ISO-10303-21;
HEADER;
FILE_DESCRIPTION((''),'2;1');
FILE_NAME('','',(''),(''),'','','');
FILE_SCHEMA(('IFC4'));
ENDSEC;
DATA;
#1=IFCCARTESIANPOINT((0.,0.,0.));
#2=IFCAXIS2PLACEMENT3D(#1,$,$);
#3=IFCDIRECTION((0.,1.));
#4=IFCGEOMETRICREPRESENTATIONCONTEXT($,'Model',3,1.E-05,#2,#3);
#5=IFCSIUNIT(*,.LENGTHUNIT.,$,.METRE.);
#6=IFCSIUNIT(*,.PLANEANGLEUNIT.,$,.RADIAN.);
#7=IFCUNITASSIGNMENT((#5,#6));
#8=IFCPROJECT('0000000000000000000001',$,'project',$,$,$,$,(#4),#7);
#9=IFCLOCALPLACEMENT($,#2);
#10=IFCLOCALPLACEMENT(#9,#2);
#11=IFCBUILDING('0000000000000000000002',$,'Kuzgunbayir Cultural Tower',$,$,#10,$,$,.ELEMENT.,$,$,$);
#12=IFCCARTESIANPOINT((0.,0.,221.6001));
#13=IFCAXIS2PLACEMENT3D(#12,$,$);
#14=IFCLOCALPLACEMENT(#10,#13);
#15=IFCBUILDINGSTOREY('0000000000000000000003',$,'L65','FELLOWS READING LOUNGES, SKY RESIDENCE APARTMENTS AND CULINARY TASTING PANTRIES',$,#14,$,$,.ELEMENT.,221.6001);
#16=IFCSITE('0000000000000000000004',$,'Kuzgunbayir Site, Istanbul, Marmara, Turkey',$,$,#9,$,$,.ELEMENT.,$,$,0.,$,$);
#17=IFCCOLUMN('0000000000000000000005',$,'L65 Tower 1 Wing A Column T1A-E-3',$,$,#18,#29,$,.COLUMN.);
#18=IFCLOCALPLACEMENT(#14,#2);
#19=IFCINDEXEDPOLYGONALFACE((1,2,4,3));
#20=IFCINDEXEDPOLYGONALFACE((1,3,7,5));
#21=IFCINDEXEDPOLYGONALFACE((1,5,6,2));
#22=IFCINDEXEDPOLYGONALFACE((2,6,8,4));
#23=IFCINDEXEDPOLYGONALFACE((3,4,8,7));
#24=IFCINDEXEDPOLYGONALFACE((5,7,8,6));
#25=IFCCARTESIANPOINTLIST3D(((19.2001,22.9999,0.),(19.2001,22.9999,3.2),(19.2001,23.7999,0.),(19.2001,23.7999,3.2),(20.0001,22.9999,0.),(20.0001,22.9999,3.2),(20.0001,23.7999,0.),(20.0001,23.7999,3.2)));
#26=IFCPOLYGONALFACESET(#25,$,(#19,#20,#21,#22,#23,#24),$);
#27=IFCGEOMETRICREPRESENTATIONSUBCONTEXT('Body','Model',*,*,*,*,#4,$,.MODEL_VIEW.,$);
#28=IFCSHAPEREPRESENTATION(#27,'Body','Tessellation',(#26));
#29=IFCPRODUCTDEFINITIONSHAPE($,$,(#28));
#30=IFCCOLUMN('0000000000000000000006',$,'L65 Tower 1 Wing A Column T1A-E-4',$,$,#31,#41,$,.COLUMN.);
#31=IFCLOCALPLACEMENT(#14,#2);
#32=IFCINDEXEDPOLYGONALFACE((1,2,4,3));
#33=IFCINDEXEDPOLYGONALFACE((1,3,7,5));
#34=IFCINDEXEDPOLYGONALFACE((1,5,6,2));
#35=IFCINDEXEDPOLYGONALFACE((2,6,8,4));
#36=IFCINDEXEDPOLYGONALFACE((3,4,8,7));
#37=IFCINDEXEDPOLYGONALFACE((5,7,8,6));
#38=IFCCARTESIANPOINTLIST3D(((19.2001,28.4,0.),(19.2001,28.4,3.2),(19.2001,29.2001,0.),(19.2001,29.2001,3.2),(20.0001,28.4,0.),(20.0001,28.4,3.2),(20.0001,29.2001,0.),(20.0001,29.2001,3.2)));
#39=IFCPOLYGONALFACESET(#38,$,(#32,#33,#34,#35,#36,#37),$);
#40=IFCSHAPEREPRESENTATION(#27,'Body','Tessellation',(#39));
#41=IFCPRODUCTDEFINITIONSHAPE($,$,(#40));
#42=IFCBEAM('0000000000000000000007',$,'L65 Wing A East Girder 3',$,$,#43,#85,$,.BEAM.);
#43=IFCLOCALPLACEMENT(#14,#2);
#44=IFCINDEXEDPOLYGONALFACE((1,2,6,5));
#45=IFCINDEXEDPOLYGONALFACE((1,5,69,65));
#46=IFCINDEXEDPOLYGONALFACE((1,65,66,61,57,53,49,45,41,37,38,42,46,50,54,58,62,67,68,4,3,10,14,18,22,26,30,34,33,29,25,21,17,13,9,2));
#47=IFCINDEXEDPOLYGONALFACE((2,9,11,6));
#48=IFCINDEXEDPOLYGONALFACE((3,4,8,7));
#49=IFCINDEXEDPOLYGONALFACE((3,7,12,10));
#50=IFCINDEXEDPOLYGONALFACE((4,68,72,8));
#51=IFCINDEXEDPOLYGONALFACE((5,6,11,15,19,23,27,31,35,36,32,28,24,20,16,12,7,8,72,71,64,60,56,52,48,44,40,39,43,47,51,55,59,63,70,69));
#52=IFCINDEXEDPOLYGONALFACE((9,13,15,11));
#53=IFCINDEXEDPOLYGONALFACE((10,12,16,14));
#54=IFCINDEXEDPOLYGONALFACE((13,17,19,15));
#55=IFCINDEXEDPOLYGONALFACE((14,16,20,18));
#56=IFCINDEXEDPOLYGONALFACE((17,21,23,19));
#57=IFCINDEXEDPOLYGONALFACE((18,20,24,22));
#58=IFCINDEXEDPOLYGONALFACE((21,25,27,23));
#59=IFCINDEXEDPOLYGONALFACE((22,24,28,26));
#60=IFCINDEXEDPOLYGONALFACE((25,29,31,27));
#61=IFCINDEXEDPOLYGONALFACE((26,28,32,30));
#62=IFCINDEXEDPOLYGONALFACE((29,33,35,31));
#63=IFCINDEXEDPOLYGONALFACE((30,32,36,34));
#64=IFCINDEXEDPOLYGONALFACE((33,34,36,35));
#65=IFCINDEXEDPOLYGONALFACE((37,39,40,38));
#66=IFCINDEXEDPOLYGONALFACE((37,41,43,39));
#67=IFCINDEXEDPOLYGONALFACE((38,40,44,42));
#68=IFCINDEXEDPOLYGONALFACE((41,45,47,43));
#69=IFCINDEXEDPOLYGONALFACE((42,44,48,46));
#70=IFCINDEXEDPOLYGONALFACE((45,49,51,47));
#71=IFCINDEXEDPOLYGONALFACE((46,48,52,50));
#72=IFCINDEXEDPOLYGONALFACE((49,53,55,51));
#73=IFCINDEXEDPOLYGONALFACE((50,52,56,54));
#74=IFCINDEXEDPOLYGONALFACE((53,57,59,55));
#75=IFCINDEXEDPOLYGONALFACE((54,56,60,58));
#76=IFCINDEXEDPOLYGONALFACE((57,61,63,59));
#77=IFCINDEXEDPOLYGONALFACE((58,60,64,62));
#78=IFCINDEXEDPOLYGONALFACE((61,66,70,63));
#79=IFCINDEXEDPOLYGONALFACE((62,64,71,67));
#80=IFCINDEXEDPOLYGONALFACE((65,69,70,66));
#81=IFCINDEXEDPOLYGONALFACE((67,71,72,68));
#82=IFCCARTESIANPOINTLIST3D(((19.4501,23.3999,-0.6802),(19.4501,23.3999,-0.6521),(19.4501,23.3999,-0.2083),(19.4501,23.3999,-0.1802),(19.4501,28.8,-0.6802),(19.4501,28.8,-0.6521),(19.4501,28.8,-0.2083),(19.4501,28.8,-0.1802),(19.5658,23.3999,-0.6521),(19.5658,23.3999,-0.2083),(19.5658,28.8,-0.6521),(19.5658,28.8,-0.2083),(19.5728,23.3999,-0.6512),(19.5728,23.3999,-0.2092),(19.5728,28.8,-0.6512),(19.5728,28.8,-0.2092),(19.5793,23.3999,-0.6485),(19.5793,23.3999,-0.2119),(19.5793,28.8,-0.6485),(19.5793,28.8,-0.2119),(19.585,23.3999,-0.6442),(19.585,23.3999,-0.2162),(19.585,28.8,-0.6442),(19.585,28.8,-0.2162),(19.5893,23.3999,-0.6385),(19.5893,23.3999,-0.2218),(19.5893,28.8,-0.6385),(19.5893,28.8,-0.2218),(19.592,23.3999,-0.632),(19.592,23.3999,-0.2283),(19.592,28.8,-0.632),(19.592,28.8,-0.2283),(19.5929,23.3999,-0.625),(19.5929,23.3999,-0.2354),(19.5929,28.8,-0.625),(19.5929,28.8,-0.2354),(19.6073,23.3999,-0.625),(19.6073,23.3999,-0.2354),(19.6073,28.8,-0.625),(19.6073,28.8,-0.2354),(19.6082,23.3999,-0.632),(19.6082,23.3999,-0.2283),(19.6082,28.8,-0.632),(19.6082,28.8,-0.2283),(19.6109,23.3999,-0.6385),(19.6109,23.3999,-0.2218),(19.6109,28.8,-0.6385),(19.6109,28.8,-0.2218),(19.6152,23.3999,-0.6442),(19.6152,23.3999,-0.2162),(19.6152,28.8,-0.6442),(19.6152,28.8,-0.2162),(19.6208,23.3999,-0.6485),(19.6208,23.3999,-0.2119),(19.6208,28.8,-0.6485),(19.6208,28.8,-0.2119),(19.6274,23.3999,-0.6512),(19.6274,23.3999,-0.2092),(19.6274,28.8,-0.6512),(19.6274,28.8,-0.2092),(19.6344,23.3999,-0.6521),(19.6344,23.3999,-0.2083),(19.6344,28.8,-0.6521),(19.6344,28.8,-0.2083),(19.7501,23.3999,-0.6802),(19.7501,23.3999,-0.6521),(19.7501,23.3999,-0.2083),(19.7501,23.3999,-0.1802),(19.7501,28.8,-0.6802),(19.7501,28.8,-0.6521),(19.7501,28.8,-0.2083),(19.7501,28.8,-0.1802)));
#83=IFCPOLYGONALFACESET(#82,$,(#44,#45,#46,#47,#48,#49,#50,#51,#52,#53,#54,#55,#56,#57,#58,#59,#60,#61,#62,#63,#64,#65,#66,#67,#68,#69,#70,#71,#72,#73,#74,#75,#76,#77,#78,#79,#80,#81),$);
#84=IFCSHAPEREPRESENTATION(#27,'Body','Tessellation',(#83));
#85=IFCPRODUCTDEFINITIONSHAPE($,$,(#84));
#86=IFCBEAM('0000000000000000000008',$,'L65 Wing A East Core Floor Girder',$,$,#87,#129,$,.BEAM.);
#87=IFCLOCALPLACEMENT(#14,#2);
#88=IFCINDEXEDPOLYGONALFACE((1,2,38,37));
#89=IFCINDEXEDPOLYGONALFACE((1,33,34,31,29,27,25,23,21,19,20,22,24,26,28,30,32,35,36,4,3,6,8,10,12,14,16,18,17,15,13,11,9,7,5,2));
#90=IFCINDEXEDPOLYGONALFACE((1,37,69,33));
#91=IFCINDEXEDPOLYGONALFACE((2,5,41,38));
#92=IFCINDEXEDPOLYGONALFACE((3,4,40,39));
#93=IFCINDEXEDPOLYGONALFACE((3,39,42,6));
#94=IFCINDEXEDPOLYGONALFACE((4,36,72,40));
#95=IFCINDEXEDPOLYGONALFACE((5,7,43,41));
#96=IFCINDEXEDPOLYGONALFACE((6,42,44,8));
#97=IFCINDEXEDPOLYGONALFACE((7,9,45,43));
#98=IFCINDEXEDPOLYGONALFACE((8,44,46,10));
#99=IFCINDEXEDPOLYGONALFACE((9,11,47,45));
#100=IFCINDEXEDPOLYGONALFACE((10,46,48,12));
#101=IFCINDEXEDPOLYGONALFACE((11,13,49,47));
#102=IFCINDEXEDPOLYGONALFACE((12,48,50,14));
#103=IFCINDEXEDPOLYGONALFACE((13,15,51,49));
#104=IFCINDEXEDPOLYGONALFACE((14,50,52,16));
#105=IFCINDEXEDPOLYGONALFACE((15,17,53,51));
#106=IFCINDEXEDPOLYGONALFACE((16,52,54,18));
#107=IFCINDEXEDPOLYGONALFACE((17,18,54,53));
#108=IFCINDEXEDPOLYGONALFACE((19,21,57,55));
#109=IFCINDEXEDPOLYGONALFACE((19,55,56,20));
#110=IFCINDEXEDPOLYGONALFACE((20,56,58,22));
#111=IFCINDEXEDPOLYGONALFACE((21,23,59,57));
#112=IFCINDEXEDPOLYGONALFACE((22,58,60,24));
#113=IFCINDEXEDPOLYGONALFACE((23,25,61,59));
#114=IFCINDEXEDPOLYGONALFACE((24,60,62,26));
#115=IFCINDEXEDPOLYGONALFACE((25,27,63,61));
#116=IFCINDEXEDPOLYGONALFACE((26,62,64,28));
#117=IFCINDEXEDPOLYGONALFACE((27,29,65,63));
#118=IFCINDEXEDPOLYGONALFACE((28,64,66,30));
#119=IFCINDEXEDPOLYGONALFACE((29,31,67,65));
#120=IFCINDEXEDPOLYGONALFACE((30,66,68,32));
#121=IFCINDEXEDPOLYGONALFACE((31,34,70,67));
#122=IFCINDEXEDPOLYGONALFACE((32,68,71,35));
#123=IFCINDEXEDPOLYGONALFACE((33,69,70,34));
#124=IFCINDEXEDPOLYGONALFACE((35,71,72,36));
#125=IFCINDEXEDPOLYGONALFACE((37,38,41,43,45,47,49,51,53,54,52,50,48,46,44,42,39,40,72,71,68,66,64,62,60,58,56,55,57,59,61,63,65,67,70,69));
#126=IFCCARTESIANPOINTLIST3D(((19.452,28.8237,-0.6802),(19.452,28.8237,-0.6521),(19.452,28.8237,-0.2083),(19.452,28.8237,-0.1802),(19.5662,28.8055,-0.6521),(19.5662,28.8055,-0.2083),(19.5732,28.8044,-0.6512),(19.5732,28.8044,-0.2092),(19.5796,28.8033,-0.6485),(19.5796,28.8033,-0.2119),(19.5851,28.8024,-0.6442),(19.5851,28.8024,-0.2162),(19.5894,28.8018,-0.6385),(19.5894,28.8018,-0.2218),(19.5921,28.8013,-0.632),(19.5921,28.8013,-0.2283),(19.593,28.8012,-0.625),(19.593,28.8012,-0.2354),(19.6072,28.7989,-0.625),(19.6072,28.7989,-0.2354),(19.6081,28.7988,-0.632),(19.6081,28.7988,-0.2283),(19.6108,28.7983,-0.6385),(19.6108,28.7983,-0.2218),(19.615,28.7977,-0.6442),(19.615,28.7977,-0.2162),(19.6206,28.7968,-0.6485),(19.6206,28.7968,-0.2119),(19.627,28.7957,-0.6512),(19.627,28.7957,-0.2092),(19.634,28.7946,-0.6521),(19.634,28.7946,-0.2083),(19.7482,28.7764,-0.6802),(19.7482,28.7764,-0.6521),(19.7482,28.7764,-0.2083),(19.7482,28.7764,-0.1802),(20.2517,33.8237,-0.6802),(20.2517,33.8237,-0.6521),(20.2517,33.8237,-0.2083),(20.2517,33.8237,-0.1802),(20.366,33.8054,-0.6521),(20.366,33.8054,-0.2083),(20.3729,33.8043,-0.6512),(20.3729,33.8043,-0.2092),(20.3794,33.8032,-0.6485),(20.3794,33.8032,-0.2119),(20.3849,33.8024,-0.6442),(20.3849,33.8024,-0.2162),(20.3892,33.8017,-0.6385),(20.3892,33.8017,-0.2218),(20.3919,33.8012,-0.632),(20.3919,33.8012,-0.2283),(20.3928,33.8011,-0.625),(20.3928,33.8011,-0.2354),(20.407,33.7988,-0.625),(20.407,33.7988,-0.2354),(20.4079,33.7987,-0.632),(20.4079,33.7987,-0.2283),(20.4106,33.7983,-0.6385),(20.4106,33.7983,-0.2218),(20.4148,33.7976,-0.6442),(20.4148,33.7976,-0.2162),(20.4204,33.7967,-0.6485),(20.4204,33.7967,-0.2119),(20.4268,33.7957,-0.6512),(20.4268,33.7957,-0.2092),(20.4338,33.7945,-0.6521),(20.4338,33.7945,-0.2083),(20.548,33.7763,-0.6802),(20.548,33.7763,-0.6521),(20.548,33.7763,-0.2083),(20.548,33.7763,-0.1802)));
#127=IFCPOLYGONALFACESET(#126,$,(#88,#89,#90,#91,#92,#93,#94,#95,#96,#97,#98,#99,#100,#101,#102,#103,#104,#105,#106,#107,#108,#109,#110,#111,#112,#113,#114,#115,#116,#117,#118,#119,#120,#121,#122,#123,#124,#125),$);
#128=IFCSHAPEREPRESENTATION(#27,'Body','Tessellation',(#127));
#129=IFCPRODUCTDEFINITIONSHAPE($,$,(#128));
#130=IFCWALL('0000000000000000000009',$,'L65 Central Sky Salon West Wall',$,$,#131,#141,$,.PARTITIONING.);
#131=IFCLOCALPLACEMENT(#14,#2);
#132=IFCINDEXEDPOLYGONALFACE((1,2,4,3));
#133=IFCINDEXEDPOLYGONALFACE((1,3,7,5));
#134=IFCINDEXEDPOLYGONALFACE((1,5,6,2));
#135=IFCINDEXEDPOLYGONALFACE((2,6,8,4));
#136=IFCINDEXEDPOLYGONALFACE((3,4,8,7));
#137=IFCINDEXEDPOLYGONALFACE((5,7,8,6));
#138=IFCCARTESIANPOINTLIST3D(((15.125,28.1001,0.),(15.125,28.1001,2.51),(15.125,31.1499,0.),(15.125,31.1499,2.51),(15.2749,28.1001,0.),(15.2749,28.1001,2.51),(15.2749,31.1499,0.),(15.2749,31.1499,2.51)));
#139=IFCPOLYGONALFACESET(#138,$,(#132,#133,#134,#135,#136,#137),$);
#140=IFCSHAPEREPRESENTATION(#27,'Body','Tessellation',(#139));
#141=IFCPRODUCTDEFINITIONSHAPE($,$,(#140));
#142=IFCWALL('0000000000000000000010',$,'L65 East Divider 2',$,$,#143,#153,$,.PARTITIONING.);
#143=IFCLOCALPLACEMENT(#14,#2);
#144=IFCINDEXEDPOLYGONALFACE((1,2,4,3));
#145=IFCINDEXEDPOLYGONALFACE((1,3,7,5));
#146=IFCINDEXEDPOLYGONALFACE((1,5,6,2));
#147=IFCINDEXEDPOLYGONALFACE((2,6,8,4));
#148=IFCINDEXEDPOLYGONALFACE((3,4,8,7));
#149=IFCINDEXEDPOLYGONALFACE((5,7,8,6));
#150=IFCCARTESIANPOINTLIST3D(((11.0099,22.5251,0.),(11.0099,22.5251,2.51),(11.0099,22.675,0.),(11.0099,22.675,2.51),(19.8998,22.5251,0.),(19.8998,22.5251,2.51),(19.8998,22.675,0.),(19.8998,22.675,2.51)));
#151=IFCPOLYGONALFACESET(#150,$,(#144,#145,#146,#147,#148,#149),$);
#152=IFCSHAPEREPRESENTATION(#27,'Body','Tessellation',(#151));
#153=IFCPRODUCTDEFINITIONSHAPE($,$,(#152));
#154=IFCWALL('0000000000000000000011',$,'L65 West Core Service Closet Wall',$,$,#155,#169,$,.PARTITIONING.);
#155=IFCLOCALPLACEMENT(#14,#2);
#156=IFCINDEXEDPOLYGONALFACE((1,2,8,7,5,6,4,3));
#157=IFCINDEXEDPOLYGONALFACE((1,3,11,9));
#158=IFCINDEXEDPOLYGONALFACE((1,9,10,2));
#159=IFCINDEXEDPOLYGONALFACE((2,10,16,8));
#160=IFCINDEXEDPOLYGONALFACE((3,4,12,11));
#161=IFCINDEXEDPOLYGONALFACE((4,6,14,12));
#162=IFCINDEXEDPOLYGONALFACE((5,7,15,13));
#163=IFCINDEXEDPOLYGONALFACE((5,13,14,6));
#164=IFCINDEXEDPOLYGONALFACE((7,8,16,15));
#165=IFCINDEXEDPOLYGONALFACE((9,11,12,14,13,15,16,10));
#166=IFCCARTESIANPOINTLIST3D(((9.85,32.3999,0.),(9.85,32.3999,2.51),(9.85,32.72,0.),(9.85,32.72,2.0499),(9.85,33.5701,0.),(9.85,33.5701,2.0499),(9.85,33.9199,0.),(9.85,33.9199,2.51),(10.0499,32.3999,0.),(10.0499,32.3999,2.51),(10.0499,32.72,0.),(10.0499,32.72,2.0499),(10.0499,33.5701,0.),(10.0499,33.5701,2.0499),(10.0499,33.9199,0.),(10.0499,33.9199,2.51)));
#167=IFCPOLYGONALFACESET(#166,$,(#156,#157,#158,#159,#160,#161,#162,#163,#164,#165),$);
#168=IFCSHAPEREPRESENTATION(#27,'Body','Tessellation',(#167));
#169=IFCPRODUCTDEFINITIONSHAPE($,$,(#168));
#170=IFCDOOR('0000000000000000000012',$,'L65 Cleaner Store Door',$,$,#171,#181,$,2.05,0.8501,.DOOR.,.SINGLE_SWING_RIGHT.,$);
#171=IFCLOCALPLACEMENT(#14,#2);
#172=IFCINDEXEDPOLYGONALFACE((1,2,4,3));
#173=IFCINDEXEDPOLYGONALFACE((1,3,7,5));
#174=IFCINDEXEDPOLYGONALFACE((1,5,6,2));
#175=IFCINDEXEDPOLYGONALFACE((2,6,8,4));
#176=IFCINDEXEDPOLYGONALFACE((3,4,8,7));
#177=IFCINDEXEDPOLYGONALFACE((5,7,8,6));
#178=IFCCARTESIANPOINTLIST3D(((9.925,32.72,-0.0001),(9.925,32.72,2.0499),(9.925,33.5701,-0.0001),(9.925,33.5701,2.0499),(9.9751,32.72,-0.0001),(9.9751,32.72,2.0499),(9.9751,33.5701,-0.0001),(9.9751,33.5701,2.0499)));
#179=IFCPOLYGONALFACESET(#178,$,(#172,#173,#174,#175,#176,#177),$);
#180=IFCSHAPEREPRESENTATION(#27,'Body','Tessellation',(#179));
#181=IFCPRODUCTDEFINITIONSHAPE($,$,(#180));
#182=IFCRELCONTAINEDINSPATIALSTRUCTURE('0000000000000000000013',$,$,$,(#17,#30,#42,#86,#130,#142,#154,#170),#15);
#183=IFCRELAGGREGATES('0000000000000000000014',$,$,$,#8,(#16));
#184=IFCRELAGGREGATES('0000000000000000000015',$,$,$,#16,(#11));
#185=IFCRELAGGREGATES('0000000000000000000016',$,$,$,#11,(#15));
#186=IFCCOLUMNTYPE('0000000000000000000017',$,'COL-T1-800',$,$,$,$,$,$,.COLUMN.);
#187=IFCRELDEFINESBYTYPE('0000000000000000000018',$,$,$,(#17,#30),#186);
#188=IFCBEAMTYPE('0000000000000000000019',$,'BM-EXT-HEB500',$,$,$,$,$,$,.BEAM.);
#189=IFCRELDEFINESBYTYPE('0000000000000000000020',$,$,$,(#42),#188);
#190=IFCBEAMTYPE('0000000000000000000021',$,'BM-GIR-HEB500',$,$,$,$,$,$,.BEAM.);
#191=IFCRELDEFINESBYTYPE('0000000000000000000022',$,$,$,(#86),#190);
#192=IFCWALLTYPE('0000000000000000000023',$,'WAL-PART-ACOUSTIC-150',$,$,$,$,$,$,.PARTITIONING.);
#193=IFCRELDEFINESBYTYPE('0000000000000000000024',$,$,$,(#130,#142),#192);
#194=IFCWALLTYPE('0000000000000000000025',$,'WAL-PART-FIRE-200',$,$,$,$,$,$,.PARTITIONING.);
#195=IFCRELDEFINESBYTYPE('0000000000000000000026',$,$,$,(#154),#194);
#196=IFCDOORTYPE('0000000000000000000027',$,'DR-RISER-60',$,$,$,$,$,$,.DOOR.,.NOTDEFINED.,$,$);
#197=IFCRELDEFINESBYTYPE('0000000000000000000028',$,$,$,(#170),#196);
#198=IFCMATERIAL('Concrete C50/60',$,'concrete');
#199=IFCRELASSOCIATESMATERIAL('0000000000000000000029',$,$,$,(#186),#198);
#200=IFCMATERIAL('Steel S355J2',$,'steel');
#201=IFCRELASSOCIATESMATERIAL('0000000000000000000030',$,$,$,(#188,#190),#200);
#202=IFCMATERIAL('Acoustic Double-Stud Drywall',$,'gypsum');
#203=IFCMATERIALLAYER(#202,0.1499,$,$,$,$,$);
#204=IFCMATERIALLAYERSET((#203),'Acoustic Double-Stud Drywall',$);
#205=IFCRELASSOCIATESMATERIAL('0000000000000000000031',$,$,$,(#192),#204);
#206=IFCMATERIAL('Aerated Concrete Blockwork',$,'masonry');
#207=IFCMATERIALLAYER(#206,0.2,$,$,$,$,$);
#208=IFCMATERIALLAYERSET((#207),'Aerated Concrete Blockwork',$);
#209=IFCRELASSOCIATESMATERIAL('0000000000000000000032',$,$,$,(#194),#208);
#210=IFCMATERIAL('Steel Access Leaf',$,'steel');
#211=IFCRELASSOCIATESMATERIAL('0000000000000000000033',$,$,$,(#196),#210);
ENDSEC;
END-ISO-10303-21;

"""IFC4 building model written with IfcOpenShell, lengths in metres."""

from ifc_helpers import new_model, si_unit, direction, frame, frame_2d, origin, origin_2d, place, context, subcontext, project, spatial, rectangle, i_section, extrude, material, layer, layer_set, material_profile, profile_set, type_object, element, fill, save


model = new_model("IFC4")

# Units and contexts
model_context = context("Model", 3, precision=1e-05, world=origin(), true_north=direction((0.0, 1.0)))
body_context = subcontext(model_context, "Body", "Model", "MODEL_VIEW")
ifc_project = project(units=[si_unit("LENGTHUNIT", "METRE"), si_unit("PLANEANGLEUNIT", "RADIAN")], contexts=[model_context])

# Site, building, storey
site_placement = place(None, origin())
site = spatial("IfcSite", under=ifc_project, at=site_placement, Name="Kuzgunbayir Site, Istanbul, Marmara, Turkey", CompositionType="ELEMENT", RefElevation=0.0)
building_placement = place(site_placement, origin())
building = spatial("IfcBuilding", under=site, at=building_placement, Name="Kuzgunbayir Cultural Tower", CompositionType="ELEMENT")
storey_placement = place(building_placement, frame((0.0, 0.0, 221.6001)))
storey = spatial("IfcBuildingStorey", under=building, at=storey_placement, Name="L65", Description="FELLOWS READING LOUNGES, SKY RESIDENCE APARTMENTS AND CULINARY TASTING PANTRIES", CompositionType="ELEMENT", Elevation=221.6001)

# Columns
ifc_material_1 = material(Name="Concrete C50/60", Category="concrete")
ifc_material_profile_1 = material_profile(ifc_material_1, rectangle(XDim=0.8, YDim=0.8, at=origin_2d()), Name="RC 800x800")
ifc_profile_set_1 = profile_set([ifc_material_profile_1], Name="Concrete C50/60")
column_type = type_object("IfcColumnType", Name="COL-T1-800", PredefinedType="COLUMN", material=ifc_profile_set_1)
for number, where, z_axis, x_axis, name in (
    (1, (19.6001, 23.3999, 0.0), (0.0, 0.0, 1.0), (1.0, 0.0, 0.0), "L65 Tower 1 Wing A Column T1A-E-3"),
    (2, (19.6001, 28.8, 0.0), (0.0, 0.0, 1.0), (1.0, 0.0, 0.0), "L65 Tower 1 Wing A Column T1A-E-4"),
):
    element("IfcColumn", number, at=place(storey_placement, frame(where, z_axis=z_axis, x_axis=x_axis)), inside=storey, type_object=column_type, Name=name, PredefinedType="COLUMN", context=body_context, shape_type="SweptSolid", body=[
        extrude(rectangle(XDim=0.8, YDim=0.8, at=origin_2d()), origin(), (0.0, 0.0, 1.0), 3.2),
    ])

# Beams
ifc_material_2 = material(Name="Steel S355J2", Category="steel")
ifc_material_profile_2 = material_profile(ifc_material_2, i_section(OverallWidth=0.3, OverallDepth=0.5, WebThickness=0.0144, FlangeThickness=0.0281, FilletRadius=0.0271, at=origin_2d()), Name="HEB 500")
ifc_profile_set_2 = profile_set([ifc_material_profile_2], Name="Steel S355J2")
beam_type_1 = type_object("IfcBeamType", Name="BM-EXT-HEB500", PredefinedType="BEAM", material=ifc_profile_set_2)
beam_1_placement = place(storey_placement, frame((19.6001, 23.3999, -0.4302), z_axis=(0.0, 1.0, 0.0), x_axis=(-1.0, 0.0, 0.0)))
element("IfcBeam", 3, at=beam_1_placement, inside=storey, type_object=beam_type_1, Name="L65 Wing A East Girder 3", PredefinedType="BEAM", context=body_context, shape_type="SweptSolid", body=[
    extrude(i_section(OverallWidth=0.3, OverallDepth=0.5, WebThickness=0.0144, FlangeThickness=0.0281, FilletRadius=0.0271, at=origin_2d()), origin(), (0.0, 0.0, 1.0), 5.4001),
])
ifc_material_profile_3 = material_profile(ifc_material_2, i_section(OverallWidth=0.3, OverallDepth=0.5, WebThickness=0.0144, FlangeThickness=0.0281, FilletRadius=0.0271, at=origin_2d()), Name="HEB 500")
ifc_profile_set_3 = profile_set([ifc_material_profile_3], Name="Steel S355J2")
beam_type_2 = type_object("IfcBeamType", Name="BM-GIR-HEB500", PredefinedType="BEAM", material=ifc_profile_set_3)
beam_2_placement = place(storey_placement, frame((19.6001, 28.8, -0.4302), z_axis=(0.157953, 0.987447, 0.0), x_axis=(-0.987447, 0.157953, 0.0)))
element("IfcBeam", 4, at=beam_2_placement, inside=storey, type_object=beam_type_2, Name="L65 Wing A East Core Floor Girder", PredefinedType="BEAM", context=body_context, shape_type="SweptSolid", body=[
    extrude(i_section(OverallWidth=0.3, OverallDepth=0.5, WebThickness=0.0144, FlangeThickness=0.0281, FilletRadius=0.0271, at=origin_2d()), origin(), (0.0, 0.0, 1.0), 5.0635),
])

# Shared definitions
ifc_material_3 = material(Name="Acoustic Double-Stud Drywall", Category="gypsum")
ifc_layer_1 = layer(ifc_material_3, 0.1499)
ifc_layer_set_1 = layer_set([ifc_layer_1], Name="Acoustic Double-Stud Drywall")
wall_type_1 = type_object("IfcWallType", Name="WAL-PART-ACOUSTIC-150", PredefinedType="PARTITIONING", material=ifc_layer_set_1)

# Walls
wall_1_placement = place(storey_placement, frame((15.2, 28.1001, 0.0), z_axis=(0.0, 0.0, 1.0), x_axis=(0.0, 1.0, 0.0)))
element("IfcWall", 5, at=wall_1_placement, inside=storey, type_object=wall_type_1, Name="L65 Central Sky Salon West Wall", PredefinedType="PARTITIONING", context=body_context, shape_type="SweptSolid", body=[
    extrude(rectangle(XDim=3.0498, YDim=0.1499, at=frame_2d((1.5249, 0.0))), origin(), (0.0, 0.0, 1.0), 2.51),
])
wall_2_placement = place(storey_placement, frame((11.01, 22.6001, 0.0), z_axis=(0.0, 0.0, 1.0), x_axis=(1.0, 0.0, 0.0)))
element("IfcWall", 6, at=wall_2_placement, inside=storey, type_object=wall_type_1, Name="L65 East Divider 2", PredefinedType="PARTITIONING", context=body_context, shape_type="SweptSolid", body=[
    extrude(rectangle(XDim=8.8899, YDim=0.1499, at=frame_2d((4.4448, 0.0))), origin(), (0.0, 0.0, 1.0), 2.51),
])

# Wall, opening, door
ifc_material_4 = material(Name="Aerated Concrete Blockwork", Category="masonry")
ifc_layer_2 = layer(ifc_material_4, 0.2)
ifc_layer_set_2 = layer_set([ifc_layer_2], Name="Aerated Concrete Blockwork")
wall_type_2 = type_object("IfcWallType", Name="WAL-PART-FIRE-200", PredefinedType="PARTITIONING", material=ifc_layer_set_2)
wall_3_placement = place(storey_placement, frame((9.95, 32.3999, 0.0), z_axis=(0.0, 0.0, 1.0), x_axis=(0.0, 1.0, 0.0)))
wall_3 = element("IfcWall", 7, at=wall_3_placement, inside=storey, type_object=wall_type_2, Name="L65 West Core Service Closet Wall", PredefinedType="PARTITIONING", context=body_context, shape_type="SweptSolid", body=[
    extrude(rectangle(XDim=1.52, YDim=0.2, at=frame_2d((0.76, 0.0))), origin(), (0.0, 0.0, 1.0), 2.51),
])
opening_1_placement = place(wall_3_placement, frame((0.3201, 0.0, 0.0)))
opening_1 = element("IfcOpeningElement", 8, at=opening_1_placement, cuts=wall_3, PredefinedType="OPENING", context=body_context, shape_type="SweptSolid", body=[
    extrude(rectangle(XDim=0.8501, YDim=2.05, at=frame_2d((0.425, 1.0249))), frame((0.0, 0.1099, 0.0), z_axis=(0.0, -1.0, 0.0), x_axis=(1.0, 0.0, 0.0)), (0.0, 0.0, 1.0), 0.22),
])
ifc_material_5 = material(Name="Steel Access Leaf", Category="steel")
door_type_1 = type_object("IfcDoorType", Name="DR-RISER-60", OperationType="NOTDEFINED", PredefinedType="DOOR", material=ifc_material_5)
door_1_placement = place(opening_1_placement, origin())
door_1 = element("IfcDoor", 9, at=door_1_placement, inside=storey, type_object=door_type_1, Name="L65 Cleaner Store Door", OperationType="SINGLE_SWING_RIGHT", OverallHeight=2.05, OverallWidth=0.8501, PredefinedType="DOOR", context=body_context, shape_type="SweptSolid", body=[
    extrude(rectangle(XDim=0.8501, YDim=2.05, at=frame_2d((0.425, 1.0249))), frame((0.0, 0.0249, 0.0), z_axis=(0.0, -1.0, 0.0), x_axis=(1.0, 0.0, 0.0)), (0.0, 0.0, 1.0), 0.05),
])
fill(opening_1, door_1)

save(model, "model.ifc")
